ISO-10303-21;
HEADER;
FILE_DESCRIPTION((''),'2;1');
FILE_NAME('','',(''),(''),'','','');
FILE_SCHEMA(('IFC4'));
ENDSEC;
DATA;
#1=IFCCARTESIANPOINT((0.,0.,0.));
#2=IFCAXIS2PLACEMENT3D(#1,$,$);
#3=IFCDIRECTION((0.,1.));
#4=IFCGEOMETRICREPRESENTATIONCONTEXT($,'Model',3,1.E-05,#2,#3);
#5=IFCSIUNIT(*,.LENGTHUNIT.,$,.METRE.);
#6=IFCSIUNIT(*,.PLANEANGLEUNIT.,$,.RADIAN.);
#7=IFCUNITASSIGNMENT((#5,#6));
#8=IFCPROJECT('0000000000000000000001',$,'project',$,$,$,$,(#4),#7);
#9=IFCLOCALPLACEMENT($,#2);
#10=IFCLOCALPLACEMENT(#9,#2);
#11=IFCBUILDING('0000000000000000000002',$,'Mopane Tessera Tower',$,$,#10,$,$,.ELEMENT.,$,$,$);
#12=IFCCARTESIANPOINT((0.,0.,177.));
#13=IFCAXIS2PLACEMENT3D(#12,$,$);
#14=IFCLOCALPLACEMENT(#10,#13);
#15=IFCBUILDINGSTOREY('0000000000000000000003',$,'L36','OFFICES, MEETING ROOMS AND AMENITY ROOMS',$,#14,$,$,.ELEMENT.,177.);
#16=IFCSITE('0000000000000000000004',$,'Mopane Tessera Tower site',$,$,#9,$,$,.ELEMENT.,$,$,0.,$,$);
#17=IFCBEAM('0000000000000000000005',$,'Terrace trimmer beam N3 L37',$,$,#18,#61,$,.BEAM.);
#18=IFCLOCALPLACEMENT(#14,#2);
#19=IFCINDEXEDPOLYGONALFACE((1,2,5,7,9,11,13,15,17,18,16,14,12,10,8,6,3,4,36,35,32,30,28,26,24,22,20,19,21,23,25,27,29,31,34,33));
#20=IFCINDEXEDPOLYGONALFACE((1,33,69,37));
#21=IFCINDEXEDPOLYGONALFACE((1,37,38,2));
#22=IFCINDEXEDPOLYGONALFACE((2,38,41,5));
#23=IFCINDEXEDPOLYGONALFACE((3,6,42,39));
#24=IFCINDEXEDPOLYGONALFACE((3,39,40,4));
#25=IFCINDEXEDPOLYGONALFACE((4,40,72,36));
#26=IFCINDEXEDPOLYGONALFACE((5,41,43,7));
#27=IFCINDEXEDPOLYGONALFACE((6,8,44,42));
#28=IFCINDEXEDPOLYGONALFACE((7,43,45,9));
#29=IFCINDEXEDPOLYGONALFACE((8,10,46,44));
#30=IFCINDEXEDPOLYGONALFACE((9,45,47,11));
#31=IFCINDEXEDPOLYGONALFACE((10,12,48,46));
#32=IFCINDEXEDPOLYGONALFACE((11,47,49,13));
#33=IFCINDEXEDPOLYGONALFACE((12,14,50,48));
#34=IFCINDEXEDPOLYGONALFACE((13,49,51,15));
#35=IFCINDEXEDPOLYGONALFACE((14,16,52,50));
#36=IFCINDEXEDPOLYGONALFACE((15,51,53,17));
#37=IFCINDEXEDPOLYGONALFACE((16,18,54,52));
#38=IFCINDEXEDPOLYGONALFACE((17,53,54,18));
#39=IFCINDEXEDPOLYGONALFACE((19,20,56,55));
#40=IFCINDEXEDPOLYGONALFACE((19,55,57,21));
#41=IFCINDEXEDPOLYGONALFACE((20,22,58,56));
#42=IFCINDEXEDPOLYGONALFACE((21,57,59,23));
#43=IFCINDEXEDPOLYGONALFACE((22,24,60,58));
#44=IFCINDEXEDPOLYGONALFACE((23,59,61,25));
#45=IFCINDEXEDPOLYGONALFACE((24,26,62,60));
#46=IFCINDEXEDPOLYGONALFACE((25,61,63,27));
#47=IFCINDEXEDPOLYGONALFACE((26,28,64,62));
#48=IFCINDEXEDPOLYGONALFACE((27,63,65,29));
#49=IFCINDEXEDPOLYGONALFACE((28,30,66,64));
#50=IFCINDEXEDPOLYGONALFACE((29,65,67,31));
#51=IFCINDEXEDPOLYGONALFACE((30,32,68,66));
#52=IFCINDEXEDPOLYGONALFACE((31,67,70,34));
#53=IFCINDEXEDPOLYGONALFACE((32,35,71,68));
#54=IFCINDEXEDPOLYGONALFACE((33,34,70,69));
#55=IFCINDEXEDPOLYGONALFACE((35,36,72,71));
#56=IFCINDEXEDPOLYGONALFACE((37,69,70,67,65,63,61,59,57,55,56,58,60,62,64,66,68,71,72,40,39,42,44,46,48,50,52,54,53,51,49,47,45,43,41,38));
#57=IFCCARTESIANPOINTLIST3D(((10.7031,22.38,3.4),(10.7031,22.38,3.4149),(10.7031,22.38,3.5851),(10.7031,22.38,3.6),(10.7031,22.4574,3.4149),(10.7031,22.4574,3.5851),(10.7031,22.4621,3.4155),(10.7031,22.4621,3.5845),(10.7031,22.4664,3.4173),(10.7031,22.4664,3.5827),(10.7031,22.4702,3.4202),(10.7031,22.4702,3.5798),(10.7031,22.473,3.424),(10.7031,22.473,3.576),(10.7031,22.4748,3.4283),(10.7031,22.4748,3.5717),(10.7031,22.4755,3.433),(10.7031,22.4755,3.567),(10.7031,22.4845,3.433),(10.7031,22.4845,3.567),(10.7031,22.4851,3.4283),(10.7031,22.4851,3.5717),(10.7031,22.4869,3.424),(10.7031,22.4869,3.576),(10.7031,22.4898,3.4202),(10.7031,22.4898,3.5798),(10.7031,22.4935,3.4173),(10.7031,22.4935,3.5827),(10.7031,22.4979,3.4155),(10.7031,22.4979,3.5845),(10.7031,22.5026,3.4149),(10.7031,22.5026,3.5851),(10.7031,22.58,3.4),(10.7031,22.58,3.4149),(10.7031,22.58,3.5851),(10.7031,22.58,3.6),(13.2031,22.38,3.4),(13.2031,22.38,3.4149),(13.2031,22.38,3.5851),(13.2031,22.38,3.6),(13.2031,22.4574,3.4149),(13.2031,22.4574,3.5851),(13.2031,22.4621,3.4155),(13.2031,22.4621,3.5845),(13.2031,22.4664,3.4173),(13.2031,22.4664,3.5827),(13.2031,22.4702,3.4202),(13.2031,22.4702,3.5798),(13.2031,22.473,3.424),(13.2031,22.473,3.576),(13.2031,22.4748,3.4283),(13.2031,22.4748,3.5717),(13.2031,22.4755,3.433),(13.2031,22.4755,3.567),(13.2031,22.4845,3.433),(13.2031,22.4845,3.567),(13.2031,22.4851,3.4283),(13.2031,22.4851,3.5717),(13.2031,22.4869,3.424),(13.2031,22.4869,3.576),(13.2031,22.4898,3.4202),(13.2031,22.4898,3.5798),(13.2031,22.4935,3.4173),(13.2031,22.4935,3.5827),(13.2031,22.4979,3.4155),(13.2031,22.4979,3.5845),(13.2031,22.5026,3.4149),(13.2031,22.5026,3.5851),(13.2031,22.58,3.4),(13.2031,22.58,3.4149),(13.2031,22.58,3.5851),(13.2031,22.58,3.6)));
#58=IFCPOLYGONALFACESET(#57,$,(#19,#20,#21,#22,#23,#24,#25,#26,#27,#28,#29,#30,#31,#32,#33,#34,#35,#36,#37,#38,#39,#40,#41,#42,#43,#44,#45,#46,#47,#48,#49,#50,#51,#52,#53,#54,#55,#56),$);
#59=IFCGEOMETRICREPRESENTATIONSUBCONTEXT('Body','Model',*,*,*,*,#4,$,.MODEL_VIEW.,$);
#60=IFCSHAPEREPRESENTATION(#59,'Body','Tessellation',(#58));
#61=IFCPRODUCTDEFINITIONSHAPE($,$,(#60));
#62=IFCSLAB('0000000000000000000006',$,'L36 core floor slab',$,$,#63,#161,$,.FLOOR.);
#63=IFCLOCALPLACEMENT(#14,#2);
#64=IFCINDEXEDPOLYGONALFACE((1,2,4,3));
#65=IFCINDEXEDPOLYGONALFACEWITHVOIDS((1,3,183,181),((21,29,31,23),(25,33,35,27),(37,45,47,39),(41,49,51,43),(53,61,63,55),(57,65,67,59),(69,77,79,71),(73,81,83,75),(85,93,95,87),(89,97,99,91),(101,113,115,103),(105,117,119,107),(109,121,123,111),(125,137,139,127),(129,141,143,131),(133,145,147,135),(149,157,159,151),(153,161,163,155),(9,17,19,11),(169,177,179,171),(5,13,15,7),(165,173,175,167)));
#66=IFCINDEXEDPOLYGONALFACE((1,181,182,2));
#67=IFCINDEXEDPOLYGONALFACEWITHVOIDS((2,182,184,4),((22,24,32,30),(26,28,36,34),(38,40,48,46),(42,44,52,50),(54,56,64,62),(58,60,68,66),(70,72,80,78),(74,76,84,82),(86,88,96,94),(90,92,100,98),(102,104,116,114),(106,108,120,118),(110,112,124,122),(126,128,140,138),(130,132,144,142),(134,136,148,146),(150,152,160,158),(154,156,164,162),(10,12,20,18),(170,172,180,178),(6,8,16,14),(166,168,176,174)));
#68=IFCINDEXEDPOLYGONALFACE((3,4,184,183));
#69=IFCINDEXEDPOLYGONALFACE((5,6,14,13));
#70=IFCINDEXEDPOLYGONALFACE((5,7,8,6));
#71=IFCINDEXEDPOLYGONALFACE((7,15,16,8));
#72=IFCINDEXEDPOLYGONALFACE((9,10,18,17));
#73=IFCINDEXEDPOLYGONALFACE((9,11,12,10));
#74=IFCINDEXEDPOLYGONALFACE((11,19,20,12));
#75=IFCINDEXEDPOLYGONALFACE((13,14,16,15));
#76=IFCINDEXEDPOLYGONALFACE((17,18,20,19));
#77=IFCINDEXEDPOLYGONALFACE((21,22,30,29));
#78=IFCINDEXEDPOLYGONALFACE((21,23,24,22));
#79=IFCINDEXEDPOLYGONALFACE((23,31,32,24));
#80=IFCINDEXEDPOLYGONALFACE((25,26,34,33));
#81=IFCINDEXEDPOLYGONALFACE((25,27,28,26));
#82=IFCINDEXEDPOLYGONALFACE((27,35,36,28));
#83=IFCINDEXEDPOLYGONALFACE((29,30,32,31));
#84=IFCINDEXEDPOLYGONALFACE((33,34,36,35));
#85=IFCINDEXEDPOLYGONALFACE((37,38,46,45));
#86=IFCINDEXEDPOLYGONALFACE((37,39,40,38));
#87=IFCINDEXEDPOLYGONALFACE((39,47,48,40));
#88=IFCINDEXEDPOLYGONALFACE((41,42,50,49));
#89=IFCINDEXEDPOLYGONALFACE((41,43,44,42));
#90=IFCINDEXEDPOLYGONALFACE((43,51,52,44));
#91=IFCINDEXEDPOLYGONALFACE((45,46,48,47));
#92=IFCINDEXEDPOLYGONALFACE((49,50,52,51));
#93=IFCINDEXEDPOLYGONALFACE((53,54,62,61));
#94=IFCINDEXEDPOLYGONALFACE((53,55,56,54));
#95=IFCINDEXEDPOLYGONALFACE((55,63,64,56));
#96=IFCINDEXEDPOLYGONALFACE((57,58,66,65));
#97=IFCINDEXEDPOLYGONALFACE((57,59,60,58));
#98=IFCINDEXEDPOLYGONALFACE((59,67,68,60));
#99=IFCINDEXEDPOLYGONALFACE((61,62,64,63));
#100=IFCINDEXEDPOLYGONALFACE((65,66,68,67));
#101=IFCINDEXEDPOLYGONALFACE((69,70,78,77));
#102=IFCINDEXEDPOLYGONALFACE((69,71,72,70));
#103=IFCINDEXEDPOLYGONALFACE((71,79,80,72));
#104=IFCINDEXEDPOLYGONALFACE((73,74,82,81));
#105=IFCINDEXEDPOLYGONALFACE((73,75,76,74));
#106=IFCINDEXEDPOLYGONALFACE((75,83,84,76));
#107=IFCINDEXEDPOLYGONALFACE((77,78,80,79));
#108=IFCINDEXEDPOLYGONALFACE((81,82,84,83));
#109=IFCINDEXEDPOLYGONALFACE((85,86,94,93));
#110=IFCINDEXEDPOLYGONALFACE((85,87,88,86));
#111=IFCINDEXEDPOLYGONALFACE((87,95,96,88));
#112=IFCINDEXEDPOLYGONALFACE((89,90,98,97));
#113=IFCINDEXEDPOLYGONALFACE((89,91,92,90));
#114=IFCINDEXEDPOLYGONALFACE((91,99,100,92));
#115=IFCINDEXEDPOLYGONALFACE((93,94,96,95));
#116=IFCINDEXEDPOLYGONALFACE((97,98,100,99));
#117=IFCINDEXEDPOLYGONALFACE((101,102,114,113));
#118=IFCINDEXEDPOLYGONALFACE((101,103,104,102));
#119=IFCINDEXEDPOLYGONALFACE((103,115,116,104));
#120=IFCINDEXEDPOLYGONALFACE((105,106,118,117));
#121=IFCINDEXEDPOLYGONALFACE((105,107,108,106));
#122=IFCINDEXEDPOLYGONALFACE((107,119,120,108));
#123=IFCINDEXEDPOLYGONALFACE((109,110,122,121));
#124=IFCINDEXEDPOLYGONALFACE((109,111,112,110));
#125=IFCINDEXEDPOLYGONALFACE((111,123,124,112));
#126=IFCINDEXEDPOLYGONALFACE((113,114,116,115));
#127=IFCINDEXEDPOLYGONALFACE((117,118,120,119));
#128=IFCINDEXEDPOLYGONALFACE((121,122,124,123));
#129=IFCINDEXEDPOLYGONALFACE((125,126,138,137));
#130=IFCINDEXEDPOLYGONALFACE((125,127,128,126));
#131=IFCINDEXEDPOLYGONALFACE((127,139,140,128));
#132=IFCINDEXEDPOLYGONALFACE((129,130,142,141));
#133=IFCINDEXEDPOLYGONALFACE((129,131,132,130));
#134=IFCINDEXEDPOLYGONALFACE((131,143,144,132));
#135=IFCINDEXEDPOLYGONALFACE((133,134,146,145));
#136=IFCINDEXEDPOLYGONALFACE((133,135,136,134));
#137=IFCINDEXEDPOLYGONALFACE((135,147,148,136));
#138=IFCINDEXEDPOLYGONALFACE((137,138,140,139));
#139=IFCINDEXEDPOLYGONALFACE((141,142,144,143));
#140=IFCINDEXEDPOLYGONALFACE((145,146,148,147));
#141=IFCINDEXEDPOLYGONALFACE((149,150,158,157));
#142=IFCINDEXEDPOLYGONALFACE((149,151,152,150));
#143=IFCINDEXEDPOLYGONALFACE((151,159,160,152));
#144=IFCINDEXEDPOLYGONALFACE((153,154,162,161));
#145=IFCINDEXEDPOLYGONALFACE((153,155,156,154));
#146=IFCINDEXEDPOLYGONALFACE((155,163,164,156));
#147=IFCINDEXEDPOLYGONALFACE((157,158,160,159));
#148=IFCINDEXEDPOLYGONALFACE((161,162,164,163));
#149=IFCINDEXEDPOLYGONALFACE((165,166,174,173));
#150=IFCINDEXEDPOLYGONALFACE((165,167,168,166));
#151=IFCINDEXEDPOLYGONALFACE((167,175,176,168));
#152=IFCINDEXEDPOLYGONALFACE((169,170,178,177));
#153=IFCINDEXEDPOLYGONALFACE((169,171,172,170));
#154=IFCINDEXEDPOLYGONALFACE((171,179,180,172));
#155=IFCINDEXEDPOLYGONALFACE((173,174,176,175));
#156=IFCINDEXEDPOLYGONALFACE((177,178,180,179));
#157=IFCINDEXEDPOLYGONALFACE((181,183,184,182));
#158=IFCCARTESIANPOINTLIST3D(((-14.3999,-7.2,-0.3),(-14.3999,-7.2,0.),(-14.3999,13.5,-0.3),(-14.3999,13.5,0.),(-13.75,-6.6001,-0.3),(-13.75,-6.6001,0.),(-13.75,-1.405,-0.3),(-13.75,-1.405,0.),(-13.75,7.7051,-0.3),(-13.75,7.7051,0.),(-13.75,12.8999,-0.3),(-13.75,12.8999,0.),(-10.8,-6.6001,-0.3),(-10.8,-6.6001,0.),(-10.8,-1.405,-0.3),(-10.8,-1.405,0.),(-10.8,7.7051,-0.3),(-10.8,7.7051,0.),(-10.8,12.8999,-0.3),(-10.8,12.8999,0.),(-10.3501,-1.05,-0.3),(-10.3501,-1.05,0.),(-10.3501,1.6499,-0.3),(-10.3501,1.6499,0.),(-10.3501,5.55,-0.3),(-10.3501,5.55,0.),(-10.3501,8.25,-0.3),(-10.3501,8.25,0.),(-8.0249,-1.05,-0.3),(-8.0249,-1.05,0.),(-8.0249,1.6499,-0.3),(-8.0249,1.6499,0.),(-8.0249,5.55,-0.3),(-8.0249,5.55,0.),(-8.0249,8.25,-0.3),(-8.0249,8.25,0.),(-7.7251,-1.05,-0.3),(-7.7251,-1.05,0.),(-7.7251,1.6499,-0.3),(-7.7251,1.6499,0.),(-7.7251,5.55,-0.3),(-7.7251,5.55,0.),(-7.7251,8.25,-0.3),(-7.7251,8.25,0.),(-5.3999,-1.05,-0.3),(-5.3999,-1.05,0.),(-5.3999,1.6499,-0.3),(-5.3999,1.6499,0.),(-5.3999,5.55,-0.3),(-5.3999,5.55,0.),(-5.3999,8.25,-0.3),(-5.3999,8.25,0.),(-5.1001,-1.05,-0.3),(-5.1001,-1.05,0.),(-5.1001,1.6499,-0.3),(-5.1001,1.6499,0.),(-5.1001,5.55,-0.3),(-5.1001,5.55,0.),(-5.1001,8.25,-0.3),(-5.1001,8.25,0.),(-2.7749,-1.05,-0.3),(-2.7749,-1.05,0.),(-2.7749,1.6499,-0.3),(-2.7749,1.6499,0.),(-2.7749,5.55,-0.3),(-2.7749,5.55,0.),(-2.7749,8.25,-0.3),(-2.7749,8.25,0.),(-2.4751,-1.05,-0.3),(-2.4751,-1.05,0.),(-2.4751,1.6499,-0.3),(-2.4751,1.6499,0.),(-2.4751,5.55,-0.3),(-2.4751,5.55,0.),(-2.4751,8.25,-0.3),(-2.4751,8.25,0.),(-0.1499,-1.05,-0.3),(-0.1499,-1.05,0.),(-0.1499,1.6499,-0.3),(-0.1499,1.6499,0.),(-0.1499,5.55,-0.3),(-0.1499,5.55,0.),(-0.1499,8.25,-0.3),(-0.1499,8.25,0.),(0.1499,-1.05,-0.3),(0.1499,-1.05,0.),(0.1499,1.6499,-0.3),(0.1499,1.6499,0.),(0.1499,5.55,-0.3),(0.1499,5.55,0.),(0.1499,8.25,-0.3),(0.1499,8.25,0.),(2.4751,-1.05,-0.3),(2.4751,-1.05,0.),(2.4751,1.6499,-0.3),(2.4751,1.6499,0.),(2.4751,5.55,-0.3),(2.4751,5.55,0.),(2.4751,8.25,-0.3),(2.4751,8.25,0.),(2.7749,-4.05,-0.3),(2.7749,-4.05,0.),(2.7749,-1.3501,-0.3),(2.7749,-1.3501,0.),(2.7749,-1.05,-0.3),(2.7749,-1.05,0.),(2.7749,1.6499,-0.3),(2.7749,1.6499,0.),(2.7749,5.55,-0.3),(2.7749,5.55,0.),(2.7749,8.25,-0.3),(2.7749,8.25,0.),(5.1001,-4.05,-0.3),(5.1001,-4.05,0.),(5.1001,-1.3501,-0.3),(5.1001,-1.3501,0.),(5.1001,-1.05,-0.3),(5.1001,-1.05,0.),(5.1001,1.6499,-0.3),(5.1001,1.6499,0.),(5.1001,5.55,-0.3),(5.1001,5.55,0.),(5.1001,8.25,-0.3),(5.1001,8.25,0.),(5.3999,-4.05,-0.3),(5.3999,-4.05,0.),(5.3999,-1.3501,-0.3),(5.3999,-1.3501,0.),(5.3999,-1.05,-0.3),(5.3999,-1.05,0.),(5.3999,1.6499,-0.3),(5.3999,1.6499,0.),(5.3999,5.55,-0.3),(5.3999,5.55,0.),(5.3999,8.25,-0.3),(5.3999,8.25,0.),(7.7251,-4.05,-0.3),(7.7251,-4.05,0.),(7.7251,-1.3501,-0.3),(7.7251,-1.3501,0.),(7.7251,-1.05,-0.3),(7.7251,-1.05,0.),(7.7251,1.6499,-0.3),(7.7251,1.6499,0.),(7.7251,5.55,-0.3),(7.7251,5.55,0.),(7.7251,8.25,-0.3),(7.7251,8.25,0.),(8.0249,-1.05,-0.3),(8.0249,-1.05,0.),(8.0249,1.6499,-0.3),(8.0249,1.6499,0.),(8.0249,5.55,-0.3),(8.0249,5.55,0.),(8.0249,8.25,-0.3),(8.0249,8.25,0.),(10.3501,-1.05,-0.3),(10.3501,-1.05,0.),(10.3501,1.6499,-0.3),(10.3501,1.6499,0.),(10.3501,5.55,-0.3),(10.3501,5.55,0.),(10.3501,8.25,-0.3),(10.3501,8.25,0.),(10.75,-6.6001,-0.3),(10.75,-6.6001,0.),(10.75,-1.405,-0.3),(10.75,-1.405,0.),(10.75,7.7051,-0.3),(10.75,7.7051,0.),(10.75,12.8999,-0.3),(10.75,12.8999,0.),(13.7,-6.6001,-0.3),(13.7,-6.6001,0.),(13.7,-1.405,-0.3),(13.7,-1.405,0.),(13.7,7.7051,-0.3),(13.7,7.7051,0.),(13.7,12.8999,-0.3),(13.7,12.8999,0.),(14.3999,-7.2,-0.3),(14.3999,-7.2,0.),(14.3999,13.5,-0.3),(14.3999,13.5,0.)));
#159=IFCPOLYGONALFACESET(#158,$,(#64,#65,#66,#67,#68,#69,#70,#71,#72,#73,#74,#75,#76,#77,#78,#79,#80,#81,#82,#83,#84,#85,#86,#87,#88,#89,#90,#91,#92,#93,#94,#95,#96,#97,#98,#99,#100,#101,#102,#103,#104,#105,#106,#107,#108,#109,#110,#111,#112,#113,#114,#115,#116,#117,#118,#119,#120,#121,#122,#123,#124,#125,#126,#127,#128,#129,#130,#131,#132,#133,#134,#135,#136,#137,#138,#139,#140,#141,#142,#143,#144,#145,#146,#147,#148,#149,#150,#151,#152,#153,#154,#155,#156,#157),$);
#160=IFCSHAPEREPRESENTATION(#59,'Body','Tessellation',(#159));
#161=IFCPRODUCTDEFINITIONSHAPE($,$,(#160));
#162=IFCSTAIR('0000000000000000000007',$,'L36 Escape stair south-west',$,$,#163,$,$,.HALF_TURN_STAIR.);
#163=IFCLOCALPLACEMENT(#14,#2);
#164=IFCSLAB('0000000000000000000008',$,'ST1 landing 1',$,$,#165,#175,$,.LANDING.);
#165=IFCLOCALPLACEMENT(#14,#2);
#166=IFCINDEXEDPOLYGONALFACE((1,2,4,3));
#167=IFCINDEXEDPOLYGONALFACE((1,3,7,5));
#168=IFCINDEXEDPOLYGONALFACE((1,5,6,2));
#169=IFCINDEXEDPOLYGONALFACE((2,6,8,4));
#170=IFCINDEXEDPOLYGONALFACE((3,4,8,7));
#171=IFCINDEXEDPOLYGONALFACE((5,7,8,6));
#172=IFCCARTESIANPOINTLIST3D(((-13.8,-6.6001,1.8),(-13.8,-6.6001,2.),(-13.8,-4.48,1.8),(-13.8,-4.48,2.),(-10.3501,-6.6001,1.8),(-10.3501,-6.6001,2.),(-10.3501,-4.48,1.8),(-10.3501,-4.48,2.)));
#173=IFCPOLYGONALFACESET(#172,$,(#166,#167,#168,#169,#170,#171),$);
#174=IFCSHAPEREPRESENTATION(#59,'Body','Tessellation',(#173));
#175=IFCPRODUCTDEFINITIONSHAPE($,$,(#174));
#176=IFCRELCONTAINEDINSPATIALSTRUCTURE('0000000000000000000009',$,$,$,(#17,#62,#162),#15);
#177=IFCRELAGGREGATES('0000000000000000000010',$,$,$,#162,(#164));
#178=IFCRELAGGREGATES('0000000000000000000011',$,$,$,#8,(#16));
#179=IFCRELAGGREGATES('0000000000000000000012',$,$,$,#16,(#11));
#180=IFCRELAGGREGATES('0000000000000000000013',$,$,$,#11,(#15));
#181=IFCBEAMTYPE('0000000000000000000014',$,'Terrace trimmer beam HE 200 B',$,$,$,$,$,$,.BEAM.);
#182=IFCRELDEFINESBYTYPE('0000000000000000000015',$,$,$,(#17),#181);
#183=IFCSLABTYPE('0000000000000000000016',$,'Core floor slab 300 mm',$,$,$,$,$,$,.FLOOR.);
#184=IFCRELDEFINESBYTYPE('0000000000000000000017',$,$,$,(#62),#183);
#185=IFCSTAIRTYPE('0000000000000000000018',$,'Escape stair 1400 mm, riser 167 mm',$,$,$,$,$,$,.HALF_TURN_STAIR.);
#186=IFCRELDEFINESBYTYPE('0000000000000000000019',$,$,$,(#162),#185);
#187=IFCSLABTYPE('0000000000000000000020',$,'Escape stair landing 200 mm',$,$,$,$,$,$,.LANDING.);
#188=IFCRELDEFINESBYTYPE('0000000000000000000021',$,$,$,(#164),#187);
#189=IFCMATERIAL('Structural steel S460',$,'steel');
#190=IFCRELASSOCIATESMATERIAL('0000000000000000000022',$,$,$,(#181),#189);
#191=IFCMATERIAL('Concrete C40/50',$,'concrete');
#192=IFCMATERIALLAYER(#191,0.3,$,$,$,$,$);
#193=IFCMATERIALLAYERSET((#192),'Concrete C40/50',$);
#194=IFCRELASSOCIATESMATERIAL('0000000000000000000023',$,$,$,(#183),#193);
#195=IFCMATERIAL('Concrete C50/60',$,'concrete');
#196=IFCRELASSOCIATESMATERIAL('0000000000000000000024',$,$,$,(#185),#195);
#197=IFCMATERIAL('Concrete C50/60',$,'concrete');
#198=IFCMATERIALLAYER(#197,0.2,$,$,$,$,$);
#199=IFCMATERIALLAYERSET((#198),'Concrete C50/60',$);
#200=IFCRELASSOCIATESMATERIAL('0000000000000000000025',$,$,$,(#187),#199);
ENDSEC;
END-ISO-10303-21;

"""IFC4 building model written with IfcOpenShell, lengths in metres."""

from ifc_helpers import new_model, si_unit, direction, frame, origin, origin_2d, place, context, subcontext, project, spatial, polyline, i_section, outline, extrude, material, layer, layer_set, material_profile, profile_set, type_object, element, aggregate, save


model = new_model("IFC4")

# Units and contexts
model_context = context("Model", 3, precision=1e-05, world=origin(), true_north=direction((0.0, 1.0)))
body_context = subcontext(model_context, "Body", "Model", "MODEL_VIEW")
ifc_project = project(units=[si_unit("LENGTHUNIT", "METRE"), si_unit("PLANEANGLEUNIT", "RADIAN")], contexts=[model_context])

# Site, building, storey
site_placement = place(None, origin())
site = spatial("IfcSite", under=ifc_project, at=site_placement, Name="Mopane Tessera Tower site", CompositionType="ELEMENT", RefElevation=0.0)
building_placement = place(site_placement, origin())
building = spatial("IfcBuilding", under=site, at=building_placement, Name="Mopane Tessera Tower", CompositionType="ELEMENT")
storey_placement = place(building_placement, frame((0.0, 0.0, 177.0)))
storey = spatial("IfcBuildingStorey", under=building, at=storey_placement, Name="L36", Description="OFFICES, MEETING ROOMS AND AMENITY ROOMS", CompositionType="ELEMENT", Elevation=177.0)

# Beam
ifc_material_1 = material(Name="Structural steel S460", Category="steel")
ifc_material_profile_1 = material_profile(ifc_material_1, i_section(OverallWidth=0.2, OverallDepth=0.2, WebThickness=0.009, FlangeThickness=0.0149, FilletRadius=0.0181, at=origin_2d()))
ifc_profile_set_1 = profile_set([ifc_material_profile_1], Name="Structural steel S460")
beam_type_1 = type_object("IfcBeamType", Name="Terrace trimmer beam HE 200 B", PredefinedType="BEAM", material=ifc_profile_set_1)
beam_1_placement = place(storey_placement, frame((10.7031, 22.48, 3.5), z_axis=(1.0, 0.0, 0.0), x_axis=(0.0, 1.0, 0.0)))
element("IfcBeam", 1, at=beam_1_placement, inside=storey, type_object=beam_type_1, Name="Terrace trimmer beam N3 L37", PredefinedType="BEAM", context=body_context, shape_type="SweptSolid", body=[
    extrude(i_section(OverallWidth=0.2, OverallDepth=0.2, WebThickness=0.009, FlangeThickness=0.0149, FilletRadius=0.0181, at=origin_2d()), origin(), (0.0, 0.0, 1.0), 2.5),
])

# Slab
ifc_material_2 = material(Name="Concrete C40/50", Category="concrete")
ifc_layer_1 = layer(ifc_material_2, 0.3)
ifc_layer_set_1 = layer_set([ifc_layer_1], Name="Concrete C40/50")
slab_type_1 = type_object("IfcSlabType", Name="Core floor slab 300 mm", PredefinedType="FLOOR", material=ifc_layer_set_1)
slab_1_placement = place(storey_placement, frame((0.0, 0.0, -0.3)))
element("IfcSlab", 2, at=slab_1_placement, inside=storey, type_object=slab_type_1, Name="L36 core floor slab", PredefinedType="FLOOR", context=body_context, shape_type="SweptSolid", body=[
    extrude(outline(polyline([(-14.3999, -7.2), (14.3999, -7.2), (14.3999, 13.5), (-14.3999, 13.5), (-14.3999, -7.2)]), holes=[polyline([(-10.3501, -1.05), (-8.0249, -1.05), (-8.0249, 1.6499), (-10.3501, 1.6499), (-10.3501, -1.05)]), polyline([(-7.7251, -1.05), (-5.3999, -1.05), (-5.3999, 1.6499), (-7.7251, 1.6499), (-7.7251, -1.05)]), polyline([(-5.1001, -1.05), (-2.7749, -1.05), (-2.7749, 1.6499), (-5.1001, 1.6499), (-5.1001, -1.05)]), polyline([(-2.4751, -1.05), (-0.1499, -1.05), (-0.1499, 1.6499), (-2.4751, 1.6499), (-2.4751, -1.05)]), polyline([(0.1499, -1.05), (2.4751, -1.05), (2.4751, 1.6499), (0.1499, 1.6499), (0.1499, -1.05)]), polyline([(2.7749, -1.05), (5.1001, -1.05), (5.1001, 1.6499), (2.7749, 1.6499), (2.7749, -1.05)]), polyline([(5.3999, -1.05), (7.7251, -1.05), (7.7251, 1.6499), (5.3999, 1.6499), (5.3999, -1.05)]), polyline([(8.0249, -1.05), (10.3501, -1.05), (10.3501, 1.6499), (8.0249, 1.6499), (8.0249, -1.05)]), polyline([(-10.3501, 5.55), (-8.0249, 5.55), (-8.0249, 8.25), (-10.3501, 8.25), (-10.3501, 5.55)]), polyline([(-7.7251, 5.55), (-5.3999, 5.55), (-5.3999, 8.25), (-7.7251, 8.25), (-7.7251, 5.55)]), polyline([(-5.1001, 5.55), (-2.7749, 5.55), (-2.7749, 8.25), (-5.1001, 8.25), (-5.1001, 5.55)]), polyline([(-2.4751, 5.55), (-0.1499, 5.55), (-0.1499, 8.25), (-2.4751, 8.25), (-2.4751, 5.55)]), polyline([(0.1499, 5.55), (2.4751, 5.55), (2.4751, 8.25), (0.1499, 8.25), (0.1499, 5.55)]), polyline([(2.7749, 5.55), (5.1001, 5.55), (5.1001, 8.25), (2.7749, 8.25), (2.7749, 5.55)]), polyline([(5.3999, 5.55), (7.7251, 5.55), (7.7251, 8.25), (5.3999, 8.25), (5.3999, 5.55)]), polyline([(8.0249, 5.55), (10.3501, 5.55), (10.3501, 8.25), (8.0249, 8.25), (8.0249, 5.55)]), polyline([(2.7749, -4.05), (5.1001, -4.05), (5.1001, -1.3501), (2.7749, -1.3501), (2.7749, -4.05)]), polyline([(5.3999, -4.05), (7.7251, -4.05), (7.7251, -1.3501), (5.3999, -1.3501), (5.3999, -4.05)]), polyline([(-13.75, -1.405), (-13.75, -6.6001), (-10.8, -6.6001), (-10.8, -1.405), (-13.75, -1.405)]), polyline([(-10.8, 7.7051), (-10.8, 12.8999), (-13.75, 12.8999), (-13.75, 7.7051), (-10.8, 7.7051)]), polyline([(10.75, -1.405), (10.75, -6.6001), (13.7, -6.6001), (13.7, -1.405), (10.75, -1.405)]), polyline([(13.7, 7.7051), (13.7, 12.8999), (10.75, 12.8999), (10.75, 7.7051), (13.7, 7.7051)])]), origin(), (0.0, 0.0, 1.0), 0.3),
])

# Stair, slab
ifc_material_3 = material(Name="Concrete C50/60", Category="concrete")
stair_type = type_object("IfcStairType", Name="Escape stair 1400 mm, riser 167 mm", PredefinedType="HALF_TURN_STAIR", material=ifc_material_3)
stair_1_placement = place(storey_placement, origin())
stair_1 = element("IfcStair", 3, at=stair_1_placement, inside=storey, type_object=stair_type, Name="L36 Escape stair south-west", PredefinedType="HALF_TURN_STAIR")
ifc_material_4 = material(Name="Concrete C50/60", Category="concrete")
ifc_layer_2 = layer(ifc_material_4, 0.2)
ifc_layer_set_2 = layer_set([ifc_layer_2], Name="Concrete C50/60")
slab_type_2 = type_object("IfcSlabType", Name="Escape stair landing 200 mm", PredefinedType="LANDING", material=ifc_layer_set_2)
slab_2_placement = place(storey_placement, frame((0.0, 0.0, 1.8)))
slab_2 = element("IfcSlab", 4, at=slab_2_placement, type_object=slab_type_2, Name="ST1 landing 1", PredefinedType="LANDING", context=body_context, shape_type="SweptSolid", body=[
    extrude(outline(polyline([(-13.8, -4.48), (-13.8, -6.6001), (-10.3501, -6.6001), (-10.3501, -4.48), (-13.8, -4.48)])), origin(), (0.0, 0.0, 1.0), 0.2),
])
aggregate(stair_1, [slab_2])

save(model, "model.ifc")
